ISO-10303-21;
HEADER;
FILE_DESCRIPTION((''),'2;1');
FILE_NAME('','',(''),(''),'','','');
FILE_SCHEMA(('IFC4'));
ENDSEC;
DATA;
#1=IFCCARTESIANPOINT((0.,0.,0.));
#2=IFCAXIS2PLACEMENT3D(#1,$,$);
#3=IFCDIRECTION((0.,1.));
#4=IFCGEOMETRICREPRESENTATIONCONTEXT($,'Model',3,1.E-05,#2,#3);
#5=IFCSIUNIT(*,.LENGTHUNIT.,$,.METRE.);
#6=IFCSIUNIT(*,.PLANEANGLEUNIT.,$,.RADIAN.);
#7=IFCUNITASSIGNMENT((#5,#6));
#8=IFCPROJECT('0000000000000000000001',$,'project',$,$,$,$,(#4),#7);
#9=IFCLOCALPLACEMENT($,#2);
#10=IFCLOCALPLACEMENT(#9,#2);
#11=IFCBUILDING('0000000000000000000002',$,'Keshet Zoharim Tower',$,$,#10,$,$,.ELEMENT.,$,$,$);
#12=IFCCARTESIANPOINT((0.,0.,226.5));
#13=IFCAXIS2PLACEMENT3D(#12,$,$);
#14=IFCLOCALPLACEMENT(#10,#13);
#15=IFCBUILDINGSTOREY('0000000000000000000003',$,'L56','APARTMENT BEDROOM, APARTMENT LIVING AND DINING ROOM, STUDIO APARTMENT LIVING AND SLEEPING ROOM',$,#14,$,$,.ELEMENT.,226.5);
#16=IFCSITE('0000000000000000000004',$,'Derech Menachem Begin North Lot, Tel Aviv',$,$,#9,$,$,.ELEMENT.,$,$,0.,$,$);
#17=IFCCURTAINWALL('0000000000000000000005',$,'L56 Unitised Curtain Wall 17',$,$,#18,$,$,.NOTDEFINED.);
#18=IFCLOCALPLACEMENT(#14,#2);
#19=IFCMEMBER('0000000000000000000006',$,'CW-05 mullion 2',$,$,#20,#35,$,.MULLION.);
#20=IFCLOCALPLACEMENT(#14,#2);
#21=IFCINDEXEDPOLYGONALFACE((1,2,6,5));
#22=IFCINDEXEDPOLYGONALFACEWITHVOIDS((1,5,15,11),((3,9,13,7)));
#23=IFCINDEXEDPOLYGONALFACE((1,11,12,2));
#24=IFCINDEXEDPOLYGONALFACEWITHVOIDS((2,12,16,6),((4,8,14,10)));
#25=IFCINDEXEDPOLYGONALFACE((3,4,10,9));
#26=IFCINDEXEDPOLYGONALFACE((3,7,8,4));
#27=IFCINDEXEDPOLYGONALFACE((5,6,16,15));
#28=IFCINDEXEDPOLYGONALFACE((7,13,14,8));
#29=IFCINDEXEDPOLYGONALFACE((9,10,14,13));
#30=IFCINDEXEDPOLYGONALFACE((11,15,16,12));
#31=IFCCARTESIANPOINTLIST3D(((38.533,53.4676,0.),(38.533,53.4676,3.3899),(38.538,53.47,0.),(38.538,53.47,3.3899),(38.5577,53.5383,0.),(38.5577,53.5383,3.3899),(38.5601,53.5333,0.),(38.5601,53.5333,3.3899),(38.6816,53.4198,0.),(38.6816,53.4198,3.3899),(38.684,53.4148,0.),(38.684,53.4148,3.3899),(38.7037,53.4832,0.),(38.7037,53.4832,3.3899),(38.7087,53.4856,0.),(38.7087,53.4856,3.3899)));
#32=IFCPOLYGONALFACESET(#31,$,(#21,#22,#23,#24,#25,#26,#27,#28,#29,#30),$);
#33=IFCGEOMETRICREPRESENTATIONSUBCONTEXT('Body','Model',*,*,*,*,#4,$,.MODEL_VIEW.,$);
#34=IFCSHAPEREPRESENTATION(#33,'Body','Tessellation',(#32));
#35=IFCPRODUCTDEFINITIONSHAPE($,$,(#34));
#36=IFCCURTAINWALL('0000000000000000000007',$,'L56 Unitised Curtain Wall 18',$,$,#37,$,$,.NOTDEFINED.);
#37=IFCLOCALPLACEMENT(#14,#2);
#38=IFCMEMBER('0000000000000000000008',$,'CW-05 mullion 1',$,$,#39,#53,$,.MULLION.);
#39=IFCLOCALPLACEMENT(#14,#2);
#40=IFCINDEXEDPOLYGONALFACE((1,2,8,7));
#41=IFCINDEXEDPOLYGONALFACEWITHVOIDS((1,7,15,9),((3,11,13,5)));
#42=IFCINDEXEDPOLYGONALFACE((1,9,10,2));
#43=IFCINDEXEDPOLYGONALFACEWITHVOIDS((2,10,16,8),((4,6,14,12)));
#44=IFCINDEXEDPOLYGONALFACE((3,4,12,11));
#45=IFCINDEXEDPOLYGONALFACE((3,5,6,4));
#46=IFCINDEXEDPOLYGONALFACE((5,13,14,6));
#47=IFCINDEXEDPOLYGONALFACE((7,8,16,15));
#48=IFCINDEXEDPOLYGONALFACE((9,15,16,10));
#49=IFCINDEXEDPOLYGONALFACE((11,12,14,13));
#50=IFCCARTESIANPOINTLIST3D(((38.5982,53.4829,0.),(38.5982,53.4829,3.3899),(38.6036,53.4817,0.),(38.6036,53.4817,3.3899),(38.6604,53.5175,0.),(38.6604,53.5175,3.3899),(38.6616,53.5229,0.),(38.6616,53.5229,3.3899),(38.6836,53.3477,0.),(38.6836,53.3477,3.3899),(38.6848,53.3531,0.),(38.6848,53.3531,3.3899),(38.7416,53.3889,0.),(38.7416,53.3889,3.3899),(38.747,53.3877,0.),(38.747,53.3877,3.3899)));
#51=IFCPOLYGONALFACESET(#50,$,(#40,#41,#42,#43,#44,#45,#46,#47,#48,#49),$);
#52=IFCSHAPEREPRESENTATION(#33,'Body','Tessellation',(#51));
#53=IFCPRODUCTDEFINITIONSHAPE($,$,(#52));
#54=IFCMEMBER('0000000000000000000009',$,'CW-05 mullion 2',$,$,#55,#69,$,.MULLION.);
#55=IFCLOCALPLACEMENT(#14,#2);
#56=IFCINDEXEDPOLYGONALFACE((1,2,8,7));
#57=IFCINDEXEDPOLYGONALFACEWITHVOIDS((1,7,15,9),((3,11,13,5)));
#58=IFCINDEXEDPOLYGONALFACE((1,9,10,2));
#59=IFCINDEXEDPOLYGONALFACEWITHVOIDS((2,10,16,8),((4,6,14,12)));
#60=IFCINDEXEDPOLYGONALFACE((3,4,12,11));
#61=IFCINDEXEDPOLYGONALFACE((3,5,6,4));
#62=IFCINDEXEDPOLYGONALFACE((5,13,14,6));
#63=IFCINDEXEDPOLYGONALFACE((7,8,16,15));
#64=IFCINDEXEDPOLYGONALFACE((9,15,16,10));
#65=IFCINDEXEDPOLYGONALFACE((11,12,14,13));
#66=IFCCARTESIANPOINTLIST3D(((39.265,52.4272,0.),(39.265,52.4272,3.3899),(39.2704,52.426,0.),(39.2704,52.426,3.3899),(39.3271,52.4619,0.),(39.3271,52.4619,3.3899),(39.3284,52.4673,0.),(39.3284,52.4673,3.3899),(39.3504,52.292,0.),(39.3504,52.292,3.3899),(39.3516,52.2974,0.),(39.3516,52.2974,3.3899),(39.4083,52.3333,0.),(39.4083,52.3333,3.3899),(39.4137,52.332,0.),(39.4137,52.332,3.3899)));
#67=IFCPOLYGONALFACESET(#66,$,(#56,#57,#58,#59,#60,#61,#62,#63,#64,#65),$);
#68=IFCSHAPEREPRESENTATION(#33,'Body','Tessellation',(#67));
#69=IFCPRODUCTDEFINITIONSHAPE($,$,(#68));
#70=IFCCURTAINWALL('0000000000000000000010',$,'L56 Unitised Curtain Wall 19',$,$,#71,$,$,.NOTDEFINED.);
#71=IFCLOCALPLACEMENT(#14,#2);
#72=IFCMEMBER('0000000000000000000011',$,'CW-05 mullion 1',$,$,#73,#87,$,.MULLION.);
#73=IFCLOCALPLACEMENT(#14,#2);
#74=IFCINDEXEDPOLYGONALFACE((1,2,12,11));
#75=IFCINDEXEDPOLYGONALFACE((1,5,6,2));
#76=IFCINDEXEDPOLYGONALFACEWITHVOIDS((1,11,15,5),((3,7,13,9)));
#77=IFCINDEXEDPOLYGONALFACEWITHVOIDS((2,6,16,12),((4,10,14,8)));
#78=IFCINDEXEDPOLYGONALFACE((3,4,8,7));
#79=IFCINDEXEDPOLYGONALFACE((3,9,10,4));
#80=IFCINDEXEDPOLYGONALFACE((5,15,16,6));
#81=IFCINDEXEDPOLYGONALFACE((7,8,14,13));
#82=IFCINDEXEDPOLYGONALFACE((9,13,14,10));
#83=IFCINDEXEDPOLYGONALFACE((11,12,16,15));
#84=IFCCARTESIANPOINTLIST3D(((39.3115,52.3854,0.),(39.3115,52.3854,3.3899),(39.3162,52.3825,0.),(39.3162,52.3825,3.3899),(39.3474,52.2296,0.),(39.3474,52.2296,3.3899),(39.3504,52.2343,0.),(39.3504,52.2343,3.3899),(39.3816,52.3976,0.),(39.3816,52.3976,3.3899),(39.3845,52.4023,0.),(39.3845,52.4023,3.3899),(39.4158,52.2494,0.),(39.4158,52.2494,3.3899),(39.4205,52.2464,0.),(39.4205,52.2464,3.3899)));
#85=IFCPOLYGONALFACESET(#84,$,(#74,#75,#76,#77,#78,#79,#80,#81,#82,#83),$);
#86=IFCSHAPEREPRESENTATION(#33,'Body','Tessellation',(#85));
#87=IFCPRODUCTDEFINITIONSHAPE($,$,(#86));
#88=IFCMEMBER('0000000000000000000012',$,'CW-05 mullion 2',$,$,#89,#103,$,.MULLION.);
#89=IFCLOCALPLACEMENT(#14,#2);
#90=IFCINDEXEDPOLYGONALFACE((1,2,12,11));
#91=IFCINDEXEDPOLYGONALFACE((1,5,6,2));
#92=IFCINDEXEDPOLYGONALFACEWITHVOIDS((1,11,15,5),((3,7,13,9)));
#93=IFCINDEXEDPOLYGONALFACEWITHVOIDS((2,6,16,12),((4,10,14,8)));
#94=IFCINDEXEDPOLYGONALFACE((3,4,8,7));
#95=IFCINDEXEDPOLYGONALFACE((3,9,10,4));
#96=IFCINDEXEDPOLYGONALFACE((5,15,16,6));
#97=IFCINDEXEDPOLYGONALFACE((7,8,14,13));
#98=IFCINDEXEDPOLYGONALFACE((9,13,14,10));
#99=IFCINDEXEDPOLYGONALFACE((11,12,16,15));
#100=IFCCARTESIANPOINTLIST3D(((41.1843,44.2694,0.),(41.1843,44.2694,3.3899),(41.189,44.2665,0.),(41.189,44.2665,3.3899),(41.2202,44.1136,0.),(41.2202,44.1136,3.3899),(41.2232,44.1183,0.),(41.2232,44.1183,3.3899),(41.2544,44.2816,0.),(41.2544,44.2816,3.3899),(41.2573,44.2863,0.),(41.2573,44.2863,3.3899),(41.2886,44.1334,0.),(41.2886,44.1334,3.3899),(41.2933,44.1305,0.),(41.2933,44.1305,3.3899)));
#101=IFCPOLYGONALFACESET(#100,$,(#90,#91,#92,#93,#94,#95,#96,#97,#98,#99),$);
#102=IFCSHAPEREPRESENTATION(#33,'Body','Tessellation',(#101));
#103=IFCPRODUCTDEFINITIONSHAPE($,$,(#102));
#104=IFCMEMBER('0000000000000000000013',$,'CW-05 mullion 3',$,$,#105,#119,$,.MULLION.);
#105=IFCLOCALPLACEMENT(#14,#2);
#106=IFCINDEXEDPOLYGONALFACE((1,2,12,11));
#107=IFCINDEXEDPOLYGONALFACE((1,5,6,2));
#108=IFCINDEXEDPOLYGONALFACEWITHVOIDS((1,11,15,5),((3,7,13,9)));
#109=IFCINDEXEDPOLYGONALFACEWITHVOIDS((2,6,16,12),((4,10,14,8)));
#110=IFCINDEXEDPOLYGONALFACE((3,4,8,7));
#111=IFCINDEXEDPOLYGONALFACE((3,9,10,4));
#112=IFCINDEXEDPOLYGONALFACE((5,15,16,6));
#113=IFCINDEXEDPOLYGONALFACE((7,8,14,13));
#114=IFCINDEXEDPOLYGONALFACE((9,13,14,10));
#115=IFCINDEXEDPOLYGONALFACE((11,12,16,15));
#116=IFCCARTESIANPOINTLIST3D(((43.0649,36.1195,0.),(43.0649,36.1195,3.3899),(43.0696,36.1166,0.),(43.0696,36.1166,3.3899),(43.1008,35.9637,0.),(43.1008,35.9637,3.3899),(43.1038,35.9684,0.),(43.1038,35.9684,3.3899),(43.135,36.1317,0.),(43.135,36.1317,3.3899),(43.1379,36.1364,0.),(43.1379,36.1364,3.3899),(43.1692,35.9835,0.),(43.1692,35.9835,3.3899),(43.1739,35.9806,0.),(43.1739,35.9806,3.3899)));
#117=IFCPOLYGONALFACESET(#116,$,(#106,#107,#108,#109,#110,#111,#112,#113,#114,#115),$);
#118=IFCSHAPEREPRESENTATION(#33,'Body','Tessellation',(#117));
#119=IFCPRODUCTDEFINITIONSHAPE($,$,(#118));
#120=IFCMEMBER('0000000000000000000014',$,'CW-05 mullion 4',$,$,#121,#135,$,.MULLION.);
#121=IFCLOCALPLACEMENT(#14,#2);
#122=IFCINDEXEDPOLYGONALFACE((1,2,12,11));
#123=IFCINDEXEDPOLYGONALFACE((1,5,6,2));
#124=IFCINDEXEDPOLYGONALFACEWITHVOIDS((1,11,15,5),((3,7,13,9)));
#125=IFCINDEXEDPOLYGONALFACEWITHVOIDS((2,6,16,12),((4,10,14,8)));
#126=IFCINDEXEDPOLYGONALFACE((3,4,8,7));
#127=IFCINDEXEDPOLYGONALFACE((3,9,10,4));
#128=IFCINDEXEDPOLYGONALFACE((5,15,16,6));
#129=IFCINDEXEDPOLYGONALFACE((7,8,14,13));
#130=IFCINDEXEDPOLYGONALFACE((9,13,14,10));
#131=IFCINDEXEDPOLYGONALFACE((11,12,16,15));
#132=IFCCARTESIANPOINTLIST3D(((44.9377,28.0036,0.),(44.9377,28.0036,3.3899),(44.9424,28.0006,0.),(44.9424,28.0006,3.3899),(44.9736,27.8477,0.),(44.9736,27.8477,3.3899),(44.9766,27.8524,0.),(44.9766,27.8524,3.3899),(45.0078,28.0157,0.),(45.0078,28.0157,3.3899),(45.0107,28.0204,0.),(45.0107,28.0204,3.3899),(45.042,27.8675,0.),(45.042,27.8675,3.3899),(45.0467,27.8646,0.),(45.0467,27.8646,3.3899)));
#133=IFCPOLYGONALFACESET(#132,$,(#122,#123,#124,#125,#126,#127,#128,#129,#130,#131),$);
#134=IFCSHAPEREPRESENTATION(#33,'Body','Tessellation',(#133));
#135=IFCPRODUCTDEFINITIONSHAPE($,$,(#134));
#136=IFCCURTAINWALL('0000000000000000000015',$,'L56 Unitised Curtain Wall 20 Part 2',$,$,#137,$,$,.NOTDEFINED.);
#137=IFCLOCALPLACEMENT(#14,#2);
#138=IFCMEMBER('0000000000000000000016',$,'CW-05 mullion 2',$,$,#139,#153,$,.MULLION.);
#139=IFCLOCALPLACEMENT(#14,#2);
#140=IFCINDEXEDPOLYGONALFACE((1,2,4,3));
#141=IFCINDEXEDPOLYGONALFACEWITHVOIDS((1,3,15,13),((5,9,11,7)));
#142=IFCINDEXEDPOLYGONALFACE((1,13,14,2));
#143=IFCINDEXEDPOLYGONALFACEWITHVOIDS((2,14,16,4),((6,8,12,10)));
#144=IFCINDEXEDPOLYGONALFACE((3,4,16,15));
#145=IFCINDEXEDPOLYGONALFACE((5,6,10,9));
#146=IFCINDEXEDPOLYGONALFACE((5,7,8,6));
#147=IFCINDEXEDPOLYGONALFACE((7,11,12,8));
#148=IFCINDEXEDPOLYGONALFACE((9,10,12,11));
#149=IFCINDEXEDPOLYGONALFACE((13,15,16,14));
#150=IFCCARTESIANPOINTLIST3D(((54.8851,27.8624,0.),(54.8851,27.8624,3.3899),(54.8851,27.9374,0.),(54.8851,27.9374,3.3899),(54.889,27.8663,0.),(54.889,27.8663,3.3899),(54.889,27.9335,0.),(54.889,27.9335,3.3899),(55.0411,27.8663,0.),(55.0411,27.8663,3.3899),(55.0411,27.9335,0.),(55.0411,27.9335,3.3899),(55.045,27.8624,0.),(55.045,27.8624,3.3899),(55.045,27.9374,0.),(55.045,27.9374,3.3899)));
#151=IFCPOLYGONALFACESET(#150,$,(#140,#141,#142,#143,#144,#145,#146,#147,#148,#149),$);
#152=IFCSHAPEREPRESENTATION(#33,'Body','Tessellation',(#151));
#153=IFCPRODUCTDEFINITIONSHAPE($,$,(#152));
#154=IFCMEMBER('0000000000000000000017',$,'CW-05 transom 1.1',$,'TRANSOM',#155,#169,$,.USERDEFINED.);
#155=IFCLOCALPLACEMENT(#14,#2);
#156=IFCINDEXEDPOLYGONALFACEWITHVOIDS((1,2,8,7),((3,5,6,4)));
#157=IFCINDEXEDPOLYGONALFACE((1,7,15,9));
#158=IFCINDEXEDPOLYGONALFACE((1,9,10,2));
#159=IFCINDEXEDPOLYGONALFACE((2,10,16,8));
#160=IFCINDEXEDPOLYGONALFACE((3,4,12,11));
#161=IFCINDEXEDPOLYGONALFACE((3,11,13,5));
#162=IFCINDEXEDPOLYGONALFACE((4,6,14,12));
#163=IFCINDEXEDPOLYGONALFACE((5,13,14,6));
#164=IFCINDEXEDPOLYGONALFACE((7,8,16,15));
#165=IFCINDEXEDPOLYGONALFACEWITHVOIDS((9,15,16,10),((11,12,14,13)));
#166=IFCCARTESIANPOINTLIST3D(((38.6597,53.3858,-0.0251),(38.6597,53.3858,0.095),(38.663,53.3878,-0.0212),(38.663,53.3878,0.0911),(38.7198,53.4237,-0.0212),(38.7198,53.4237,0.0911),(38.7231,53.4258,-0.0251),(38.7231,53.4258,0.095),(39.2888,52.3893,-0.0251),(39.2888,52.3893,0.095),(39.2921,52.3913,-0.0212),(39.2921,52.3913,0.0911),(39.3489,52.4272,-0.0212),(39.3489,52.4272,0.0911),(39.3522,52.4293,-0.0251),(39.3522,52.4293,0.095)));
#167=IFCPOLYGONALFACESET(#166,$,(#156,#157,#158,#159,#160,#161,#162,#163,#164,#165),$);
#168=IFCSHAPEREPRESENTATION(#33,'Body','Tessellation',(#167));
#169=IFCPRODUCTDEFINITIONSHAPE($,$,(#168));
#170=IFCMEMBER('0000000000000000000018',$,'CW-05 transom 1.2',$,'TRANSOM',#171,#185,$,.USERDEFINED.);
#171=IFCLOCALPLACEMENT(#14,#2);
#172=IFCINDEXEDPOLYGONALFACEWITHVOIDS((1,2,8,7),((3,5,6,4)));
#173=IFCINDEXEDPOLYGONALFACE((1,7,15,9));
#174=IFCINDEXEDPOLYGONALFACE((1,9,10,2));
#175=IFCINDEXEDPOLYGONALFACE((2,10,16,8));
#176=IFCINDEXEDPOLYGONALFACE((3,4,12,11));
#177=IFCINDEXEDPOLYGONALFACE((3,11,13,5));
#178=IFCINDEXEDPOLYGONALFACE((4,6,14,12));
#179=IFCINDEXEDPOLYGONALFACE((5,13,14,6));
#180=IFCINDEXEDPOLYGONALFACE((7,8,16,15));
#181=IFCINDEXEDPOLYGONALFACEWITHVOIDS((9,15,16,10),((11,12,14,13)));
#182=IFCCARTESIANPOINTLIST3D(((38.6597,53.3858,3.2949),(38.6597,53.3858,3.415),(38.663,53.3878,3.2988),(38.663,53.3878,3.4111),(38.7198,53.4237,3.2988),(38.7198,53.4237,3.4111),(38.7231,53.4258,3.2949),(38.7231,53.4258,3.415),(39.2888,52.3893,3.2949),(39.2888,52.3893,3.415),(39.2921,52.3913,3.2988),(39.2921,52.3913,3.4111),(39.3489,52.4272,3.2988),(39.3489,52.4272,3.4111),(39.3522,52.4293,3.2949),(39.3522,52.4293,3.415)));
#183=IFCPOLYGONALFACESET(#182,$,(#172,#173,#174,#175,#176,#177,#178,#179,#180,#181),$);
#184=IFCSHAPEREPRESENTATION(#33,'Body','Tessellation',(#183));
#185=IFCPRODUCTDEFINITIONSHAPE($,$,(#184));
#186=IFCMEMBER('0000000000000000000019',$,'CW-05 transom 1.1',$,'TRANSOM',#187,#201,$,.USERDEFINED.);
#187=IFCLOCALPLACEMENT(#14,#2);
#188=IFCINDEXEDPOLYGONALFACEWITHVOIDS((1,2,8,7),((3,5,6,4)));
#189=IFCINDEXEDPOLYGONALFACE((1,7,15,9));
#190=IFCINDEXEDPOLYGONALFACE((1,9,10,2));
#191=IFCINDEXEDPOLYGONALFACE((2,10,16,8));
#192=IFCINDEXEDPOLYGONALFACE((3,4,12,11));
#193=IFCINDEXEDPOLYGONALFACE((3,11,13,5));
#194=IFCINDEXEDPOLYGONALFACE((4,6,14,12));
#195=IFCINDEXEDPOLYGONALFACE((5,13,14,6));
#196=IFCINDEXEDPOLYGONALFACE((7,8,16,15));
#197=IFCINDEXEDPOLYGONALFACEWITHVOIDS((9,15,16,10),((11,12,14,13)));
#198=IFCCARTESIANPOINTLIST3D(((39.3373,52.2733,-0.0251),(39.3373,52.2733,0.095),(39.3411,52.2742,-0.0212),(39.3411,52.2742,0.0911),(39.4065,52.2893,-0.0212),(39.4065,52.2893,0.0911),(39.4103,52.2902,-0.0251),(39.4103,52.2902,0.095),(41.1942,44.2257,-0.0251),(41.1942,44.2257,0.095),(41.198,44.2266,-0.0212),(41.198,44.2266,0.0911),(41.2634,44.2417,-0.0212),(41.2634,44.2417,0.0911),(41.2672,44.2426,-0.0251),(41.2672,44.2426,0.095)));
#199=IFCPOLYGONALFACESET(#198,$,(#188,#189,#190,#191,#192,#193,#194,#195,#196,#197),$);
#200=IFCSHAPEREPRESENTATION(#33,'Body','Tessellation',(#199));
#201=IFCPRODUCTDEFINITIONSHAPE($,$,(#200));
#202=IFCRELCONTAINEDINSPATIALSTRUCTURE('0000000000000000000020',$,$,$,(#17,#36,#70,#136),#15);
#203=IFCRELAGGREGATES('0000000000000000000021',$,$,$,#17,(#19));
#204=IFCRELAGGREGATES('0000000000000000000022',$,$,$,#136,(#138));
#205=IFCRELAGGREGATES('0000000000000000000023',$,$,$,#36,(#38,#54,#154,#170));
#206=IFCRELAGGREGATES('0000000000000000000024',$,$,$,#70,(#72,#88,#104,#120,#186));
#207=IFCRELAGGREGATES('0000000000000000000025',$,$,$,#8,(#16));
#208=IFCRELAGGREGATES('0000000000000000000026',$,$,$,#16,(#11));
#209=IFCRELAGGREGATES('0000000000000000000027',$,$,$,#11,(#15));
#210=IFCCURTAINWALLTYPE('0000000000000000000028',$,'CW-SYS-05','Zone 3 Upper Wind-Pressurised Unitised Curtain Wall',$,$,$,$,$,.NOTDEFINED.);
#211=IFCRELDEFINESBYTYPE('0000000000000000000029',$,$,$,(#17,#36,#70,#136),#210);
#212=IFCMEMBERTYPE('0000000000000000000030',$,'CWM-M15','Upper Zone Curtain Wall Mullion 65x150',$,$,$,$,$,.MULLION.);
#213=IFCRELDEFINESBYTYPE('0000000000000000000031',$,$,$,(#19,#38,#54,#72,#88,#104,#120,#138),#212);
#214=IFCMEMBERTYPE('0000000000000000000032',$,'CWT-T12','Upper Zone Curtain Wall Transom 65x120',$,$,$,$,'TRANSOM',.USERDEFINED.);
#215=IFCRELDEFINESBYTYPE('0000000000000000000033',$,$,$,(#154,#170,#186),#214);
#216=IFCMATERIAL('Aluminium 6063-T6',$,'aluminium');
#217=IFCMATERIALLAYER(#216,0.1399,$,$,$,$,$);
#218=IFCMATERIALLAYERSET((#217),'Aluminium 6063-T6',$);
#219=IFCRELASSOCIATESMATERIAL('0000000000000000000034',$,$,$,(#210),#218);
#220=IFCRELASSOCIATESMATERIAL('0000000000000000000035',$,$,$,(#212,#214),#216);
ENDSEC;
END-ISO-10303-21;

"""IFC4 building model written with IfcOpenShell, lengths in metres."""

from ifc_helpers import new_model, si_unit, direction, frame, origin, origin_2d, place, context, subcontext, project, spatial, hollow_rectangle, extrude, material, layer, layer_set, material_profile, profile_set, type_object, element, aggregate, save


model = new_model("IFC4")

# Units and contexts
model_context = context("Model", 3, precision=1e-05, world=origin(), true_north=direction((0.0, 1.0)))
body_context = subcontext(model_context, "Body", "Model", "MODEL_VIEW")
ifc_project = project(units=[si_unit("LENGTHUNIT", "METRE"), si_unit("PLANEANGLEUNIT", "RADIAN")], contexts=[model_context])

# Site, building, storey
site_placement = place(None, origin())
site = spatial("IfcSite", under=ifc_project, at=site_placement, Name="Derech Menachem Begin North Lot, Tel Aviv", CompositionType="ELEMENT", RefElevation=0.0)
building_placement = place(site_placement, origin())
building = spatial("IfcBuilding", under=site, at=building_placement, Name="Keshet Zoharim Tower", CompositionType="ELEMENT")
storey_placement = place(building_placement, frame((0.0, 0.0, 226.5)))
storey = spatial("IfcBuildingStorey", under=building, at=storey_placement, Name="L56", Description="APARTMENT BEDROOM, APARTMENT LIVING AND DINING ROOM, STUDIO APARTMENT LIVING AND SLEEPING ROOM", CompositionType="ELEMENT", Elevation=226.5)

# Curtain wall, member
ifc_material_1 = material(Name="Aluminium 6063-T6", Category="aluminium")
ifc_layer_1 = layer(ifc_material_1, 0.1399)
ifc_layer_set_1 = layer_set([ifc_layer_1], Name="Aluminium 6063-T6")
curtain_wall_type = type_object("IfcCurtainWallType", Name="CW-SYS-05", Description="Zone 3 Upper Wind-Pressurised Unitised Curtain Wall", PredefinedType="NOTDEFINED", material=ifc_layer_set_1)
curtain_wall_1_placement = place(storey_placement, origin())
curtain_wall_1 = element("IfcCurtainWall", 1, at=curtain_wall_1_placement, inside=storey, type_object=curtain_wall_type, Name="L56 Unitised Curtain Wall 17", PredefinedType="NOTDEFINED")
ifc_material_profile_1 = material_profile(ifc_material_1, hollow_rectangle(XDim=0.075, YDim=0.1599, WallThickness=0.0039, at=origin_2d()), Name="MUL-75x160")
ifc_profile_set_1 = profile_set([ifc_material_profile_1], Name="Aluminium 6063-T6")
member_type_1 = type_object("IfcMemberType", Name="CWM-M15", Description="Upper Zone Curtain Wall Mullion 65x150", PredefinedType="MULLION", material=ifc_profile_set_1)
member_1_placement = place(storey_placement, frame((38.6208, 53.4766, 0.0), z_axis=(0.0, 0.0, 1.0), x_axis=(0.329844, 0.944036, 0.0)))
member_1 = element("IfcMember", 2, at=member_1_placement, type_object=member_type_1, Name="CW-05 mullion 2", PredefinedType="MULLION", context=body_context, shape_type="SweptSolid", body=[
    extrude(hollow_rectangle(XDim=0.075, YDim=0.1599, WallThickness=0.0039, at=origin_2d()), origin(), (0.0, 0.0, 1.0), 3.3899),
])
aggregate(curtain_wall_1, [member_1])

# Curtain walls, members
curtain_wall_2_placement = place(storey_placement, origin())
curtain_wall_2 = element("IfcCurtainWall", 3, at=curtain_wall_2_placement, inside=storey, type_object=curtain_wall_type, Name="L56 Unitised Curtain Wall 18", PredefinedType="NOTDEFINED")
member_2_placement = place(storey_placement, frame((38.6726, 53.4353, 0.0), z_axis=(0.0, 0.0, 1.0), x_axis=(0.845561, 0.533879, 0.0)))
member_2 = element("IfcMember", 4, at=member_2_placement, type_object=member_type_1, Name="CW-05 mullion 1", PredefinedType="MULLION", context=body_context, shape_type="SweptSolid", body=[
    extrude(hollow_rectangle(XDim=0.075, YDim=0.1599, WallThickness=0.0039, at=origin_2d()), origin(), (0.0, 0.0, 1.0), 3.3899),
])
member_3_placement = place(storey_placement, frame((39.3394, 52.3796, 0.0), z_axis=(0.0, 0.0, 1.0), x_axis=(0.845561, 0.533879, 0.0)))
member_3 = element("IfcMember", 5, at=member_3_placement, type_object=member_type_1, Name="CW-05 mullion 2", PredefinedType="MULLION", context=body_context, shape_type="SweptSolid", body=[
    extrude(hollow_rectangle(XDim=0.075, YDim=0.1599, WallThickness=0.0039, at=origin_2d()), origin(), (0.0, 0.0, 1.0), 3.3899),
])
curtain_wall_3_placement = place(storey_placement, origin())
curtain_wall_3 = element("IfcCurtainWall", 6, at=curtain_wall_3_placement, inside=storey, type_object=curtain_wall_type, Name="L56 Unitised Curtain Wall 19", PredefinedType="NOTDEFINED")
member_4_placement = place(storey_placement, frame((39.366, 52.3159, 0.0), z_axis=(0.0, 0.0, 1.0), x_axis=(0.974394, 0.224848, 0.0)))
member_4 = element("IfcMember", 7, at=member_4_placement, type_object=member_type_1, Name="CW-05 mullion 1", PredefinedType="MULLION", context=body_context, shape_type="SweptSolid", body=[
    extrude(hollow_rectangle(XDim=0.075, YDim=0.1599, WallThickness=0.0039, at=origin_2d()), origin(), (0.0, 0.0, 1.0), 3.3899),
])
member_5_placement = place(storey_placement, frame((41.2388, 44.2, 0.0), z_axis=(0.0, 0.0, 1.0), x_axis=(0.974394, 0.224848, 0.0)))
member_5 = element("IfcMember", 8, at=member_5_placement, type_object=member_type_1, Name="CW-05 mullion 2", PredefinedType="MULLION", context=body_context, shape_type="SweptSolid", body=[
    extrude(hollow_rectangle(XDim=0.075, YDim=0.1599, WallThickness=0.0039, at=origin_2d()), origin(), (0.0, 0.0, 1.0), 3.3899),
])
member_6_placement = place(storey_placement, frame((43.1194, 36.05, 0.0), z_axis=(0.0, 0.0, 1.0), x_axis=(0.974394, 0.224848, 0.0)))
member_6 = element("IfcMember", 9, at=member_6_placement, type_object=member_type_1, Name="CW-05 mullion 3", PredefinedType="MULLION", context=body_context, shape_type="SweptSolid", body=[
    extrude(hollow_rectangle(XDim=0.075, YDim=0.1599, WallThickness=0.0039, at=origin_2d()), origin(), (0.0, 0.0, 1.0), 3.3899),
])
member_7_placement = place(storey_placement, frame((44.9922, 27.9341, 0.0), z_axis=(0.0, 0.0, 1.0), x_axis=(0.974394, 0.224848, 0.0)))
member_7 = element("IfcMember", 10, at=member_7_placement, type_object=member_type_1, Name="CW-05 mullion 4", PredefinedType="MULLION", context=body_context, shape_type="SweptSolid", body=[
    extrude(hollow_rectangle(XDim=0.075, YDim=0.1599, WallThickness=0.0039, at=origin_2d()), origin(), (0.0, 0.0, 1.0), 3.3899),
])

# Curtain wall, member
curtain_wall_4_placement = place(storey_placement, origin())
curtain_wall_4 = element("IfcCurtainWall", 11, at=curtain_wall_4_placement, inside=storey, type_object=curtain_wall_type, Name="L56 Unitised Curtain Wall 20 Part 2", PredefinedType="NOTDEFINED")
member_8_placement = place(storey_placement, frame((54.9651, 27.8999, 0.0), z_axis=(0.0, 0.0, 1.0), x_axis=(0.0, 1.0, 0.0)))
member_8 = element("IfcMember", 12, at=member_8_placement, type_object=member_type_1, Name="CW-05 mullion 2", PredefinedType="MULLION", context=body_context, shape_type="SweptSolid", body=[
    extrude(hollow_rectangle(XDim=0.075, YDim=0.1599, WallThickness=0.0039, at=origin_2d()), origin(), (0.0, 0.0, 1.0), 3.3899),
])
aggregate(curtain_wall_4, [member_8])

# Members
ifc_material_profile_2 = material_profile(ifc_material_1, hollow_rectangle(XDim=0.075, YDim=0.1201, WallThickness=0.0039, at=origin_2d()), Name="TRN-75x120")
ifc_profile_set_2 = profile_set([ifc_material_profile_2], Name="Aluminium 6063-T6")
member_type_2 = type_object("IfcMemberType", Name="CWT-T12", Description="Upper Zone Curtain Wall Transom 65x120", ElementType="TRANSOM", PredefinedType="USERDEFINED", material=ifc_profile_set_2)
member_9_placement = place(storey_placement, frame((38.6914, 53.4058, 0.0349), z_axis=(0.533829, -0.845592, 0.0), x_axis=(0.845592, 0.533829, 0.0)))
member_9 = element("IfcMember", 13, at=member_9_placement, type_object=member_type_2, Name="CW-05 transom 1.1", ObjectType="TRANSOM", PredefinedType="USERDEFINED", context=body_context, shape_type="SweptSolid", body=[
    extrude(hollow_rectangle(XDim=0.075, YDim=0.1201, WallThickness=0.0039, at=origin_2d()), origin(), (0.0, 0.0, 1.0), 1.1785),
])
member_10_placement = place(storey_placement, frame((38.6914, 53.4058, 3.355), z_axis=(0.533829, -0.845592, 0.0), x_axis=(0.845592, 0.533829, 0.0)))
member_10 = element("IfcMember", 14, at=member_10_placement, type_object=member_type_2, Name="CW-05 transom 1.2", ObjectType="TRANSOM", PredefinedType="USERDEFINED", context=body_context, shape_type="SweptSolid", body=[
    extrude(hollow_rectangle(XDim=0.075, YDim=0.1201, WallThickness=0.0039, at=origin_2d()), origin(), (0.0, 0.0, 1.0), 1.1785),
])
member_11_placement = place(storey_placement, frame((39.3738, 52.2817, 0.0349), z_axis=(0.224836, -0.974397, 0.0), x_axis=(0.974397, 0.224836, 0.0)))
member_11 = element("IfcMember", 15, at=member_11_placement, type_object=member_type_2, Name="CW-05 transom 1.1", ObjectType="TRANSOM", PredefinedType="USERDEFINED", context=body_context, shape_type="SweptSolid", body=[
    extrude(hollow_rectangle(XDim=0.075, YDim=0.1201, WallThickness=0.0039, at=origin_2d()), origin(), (0.0, 0.0, 1.0), 8.259),
])

aggregate(curtain_wall_2, [member_2, member_3, member_9, member_10])
aggregate(curtain_wall_3, [member_4, member_5, member_6, member_7, member_11])

save(model, "model.ifc")
